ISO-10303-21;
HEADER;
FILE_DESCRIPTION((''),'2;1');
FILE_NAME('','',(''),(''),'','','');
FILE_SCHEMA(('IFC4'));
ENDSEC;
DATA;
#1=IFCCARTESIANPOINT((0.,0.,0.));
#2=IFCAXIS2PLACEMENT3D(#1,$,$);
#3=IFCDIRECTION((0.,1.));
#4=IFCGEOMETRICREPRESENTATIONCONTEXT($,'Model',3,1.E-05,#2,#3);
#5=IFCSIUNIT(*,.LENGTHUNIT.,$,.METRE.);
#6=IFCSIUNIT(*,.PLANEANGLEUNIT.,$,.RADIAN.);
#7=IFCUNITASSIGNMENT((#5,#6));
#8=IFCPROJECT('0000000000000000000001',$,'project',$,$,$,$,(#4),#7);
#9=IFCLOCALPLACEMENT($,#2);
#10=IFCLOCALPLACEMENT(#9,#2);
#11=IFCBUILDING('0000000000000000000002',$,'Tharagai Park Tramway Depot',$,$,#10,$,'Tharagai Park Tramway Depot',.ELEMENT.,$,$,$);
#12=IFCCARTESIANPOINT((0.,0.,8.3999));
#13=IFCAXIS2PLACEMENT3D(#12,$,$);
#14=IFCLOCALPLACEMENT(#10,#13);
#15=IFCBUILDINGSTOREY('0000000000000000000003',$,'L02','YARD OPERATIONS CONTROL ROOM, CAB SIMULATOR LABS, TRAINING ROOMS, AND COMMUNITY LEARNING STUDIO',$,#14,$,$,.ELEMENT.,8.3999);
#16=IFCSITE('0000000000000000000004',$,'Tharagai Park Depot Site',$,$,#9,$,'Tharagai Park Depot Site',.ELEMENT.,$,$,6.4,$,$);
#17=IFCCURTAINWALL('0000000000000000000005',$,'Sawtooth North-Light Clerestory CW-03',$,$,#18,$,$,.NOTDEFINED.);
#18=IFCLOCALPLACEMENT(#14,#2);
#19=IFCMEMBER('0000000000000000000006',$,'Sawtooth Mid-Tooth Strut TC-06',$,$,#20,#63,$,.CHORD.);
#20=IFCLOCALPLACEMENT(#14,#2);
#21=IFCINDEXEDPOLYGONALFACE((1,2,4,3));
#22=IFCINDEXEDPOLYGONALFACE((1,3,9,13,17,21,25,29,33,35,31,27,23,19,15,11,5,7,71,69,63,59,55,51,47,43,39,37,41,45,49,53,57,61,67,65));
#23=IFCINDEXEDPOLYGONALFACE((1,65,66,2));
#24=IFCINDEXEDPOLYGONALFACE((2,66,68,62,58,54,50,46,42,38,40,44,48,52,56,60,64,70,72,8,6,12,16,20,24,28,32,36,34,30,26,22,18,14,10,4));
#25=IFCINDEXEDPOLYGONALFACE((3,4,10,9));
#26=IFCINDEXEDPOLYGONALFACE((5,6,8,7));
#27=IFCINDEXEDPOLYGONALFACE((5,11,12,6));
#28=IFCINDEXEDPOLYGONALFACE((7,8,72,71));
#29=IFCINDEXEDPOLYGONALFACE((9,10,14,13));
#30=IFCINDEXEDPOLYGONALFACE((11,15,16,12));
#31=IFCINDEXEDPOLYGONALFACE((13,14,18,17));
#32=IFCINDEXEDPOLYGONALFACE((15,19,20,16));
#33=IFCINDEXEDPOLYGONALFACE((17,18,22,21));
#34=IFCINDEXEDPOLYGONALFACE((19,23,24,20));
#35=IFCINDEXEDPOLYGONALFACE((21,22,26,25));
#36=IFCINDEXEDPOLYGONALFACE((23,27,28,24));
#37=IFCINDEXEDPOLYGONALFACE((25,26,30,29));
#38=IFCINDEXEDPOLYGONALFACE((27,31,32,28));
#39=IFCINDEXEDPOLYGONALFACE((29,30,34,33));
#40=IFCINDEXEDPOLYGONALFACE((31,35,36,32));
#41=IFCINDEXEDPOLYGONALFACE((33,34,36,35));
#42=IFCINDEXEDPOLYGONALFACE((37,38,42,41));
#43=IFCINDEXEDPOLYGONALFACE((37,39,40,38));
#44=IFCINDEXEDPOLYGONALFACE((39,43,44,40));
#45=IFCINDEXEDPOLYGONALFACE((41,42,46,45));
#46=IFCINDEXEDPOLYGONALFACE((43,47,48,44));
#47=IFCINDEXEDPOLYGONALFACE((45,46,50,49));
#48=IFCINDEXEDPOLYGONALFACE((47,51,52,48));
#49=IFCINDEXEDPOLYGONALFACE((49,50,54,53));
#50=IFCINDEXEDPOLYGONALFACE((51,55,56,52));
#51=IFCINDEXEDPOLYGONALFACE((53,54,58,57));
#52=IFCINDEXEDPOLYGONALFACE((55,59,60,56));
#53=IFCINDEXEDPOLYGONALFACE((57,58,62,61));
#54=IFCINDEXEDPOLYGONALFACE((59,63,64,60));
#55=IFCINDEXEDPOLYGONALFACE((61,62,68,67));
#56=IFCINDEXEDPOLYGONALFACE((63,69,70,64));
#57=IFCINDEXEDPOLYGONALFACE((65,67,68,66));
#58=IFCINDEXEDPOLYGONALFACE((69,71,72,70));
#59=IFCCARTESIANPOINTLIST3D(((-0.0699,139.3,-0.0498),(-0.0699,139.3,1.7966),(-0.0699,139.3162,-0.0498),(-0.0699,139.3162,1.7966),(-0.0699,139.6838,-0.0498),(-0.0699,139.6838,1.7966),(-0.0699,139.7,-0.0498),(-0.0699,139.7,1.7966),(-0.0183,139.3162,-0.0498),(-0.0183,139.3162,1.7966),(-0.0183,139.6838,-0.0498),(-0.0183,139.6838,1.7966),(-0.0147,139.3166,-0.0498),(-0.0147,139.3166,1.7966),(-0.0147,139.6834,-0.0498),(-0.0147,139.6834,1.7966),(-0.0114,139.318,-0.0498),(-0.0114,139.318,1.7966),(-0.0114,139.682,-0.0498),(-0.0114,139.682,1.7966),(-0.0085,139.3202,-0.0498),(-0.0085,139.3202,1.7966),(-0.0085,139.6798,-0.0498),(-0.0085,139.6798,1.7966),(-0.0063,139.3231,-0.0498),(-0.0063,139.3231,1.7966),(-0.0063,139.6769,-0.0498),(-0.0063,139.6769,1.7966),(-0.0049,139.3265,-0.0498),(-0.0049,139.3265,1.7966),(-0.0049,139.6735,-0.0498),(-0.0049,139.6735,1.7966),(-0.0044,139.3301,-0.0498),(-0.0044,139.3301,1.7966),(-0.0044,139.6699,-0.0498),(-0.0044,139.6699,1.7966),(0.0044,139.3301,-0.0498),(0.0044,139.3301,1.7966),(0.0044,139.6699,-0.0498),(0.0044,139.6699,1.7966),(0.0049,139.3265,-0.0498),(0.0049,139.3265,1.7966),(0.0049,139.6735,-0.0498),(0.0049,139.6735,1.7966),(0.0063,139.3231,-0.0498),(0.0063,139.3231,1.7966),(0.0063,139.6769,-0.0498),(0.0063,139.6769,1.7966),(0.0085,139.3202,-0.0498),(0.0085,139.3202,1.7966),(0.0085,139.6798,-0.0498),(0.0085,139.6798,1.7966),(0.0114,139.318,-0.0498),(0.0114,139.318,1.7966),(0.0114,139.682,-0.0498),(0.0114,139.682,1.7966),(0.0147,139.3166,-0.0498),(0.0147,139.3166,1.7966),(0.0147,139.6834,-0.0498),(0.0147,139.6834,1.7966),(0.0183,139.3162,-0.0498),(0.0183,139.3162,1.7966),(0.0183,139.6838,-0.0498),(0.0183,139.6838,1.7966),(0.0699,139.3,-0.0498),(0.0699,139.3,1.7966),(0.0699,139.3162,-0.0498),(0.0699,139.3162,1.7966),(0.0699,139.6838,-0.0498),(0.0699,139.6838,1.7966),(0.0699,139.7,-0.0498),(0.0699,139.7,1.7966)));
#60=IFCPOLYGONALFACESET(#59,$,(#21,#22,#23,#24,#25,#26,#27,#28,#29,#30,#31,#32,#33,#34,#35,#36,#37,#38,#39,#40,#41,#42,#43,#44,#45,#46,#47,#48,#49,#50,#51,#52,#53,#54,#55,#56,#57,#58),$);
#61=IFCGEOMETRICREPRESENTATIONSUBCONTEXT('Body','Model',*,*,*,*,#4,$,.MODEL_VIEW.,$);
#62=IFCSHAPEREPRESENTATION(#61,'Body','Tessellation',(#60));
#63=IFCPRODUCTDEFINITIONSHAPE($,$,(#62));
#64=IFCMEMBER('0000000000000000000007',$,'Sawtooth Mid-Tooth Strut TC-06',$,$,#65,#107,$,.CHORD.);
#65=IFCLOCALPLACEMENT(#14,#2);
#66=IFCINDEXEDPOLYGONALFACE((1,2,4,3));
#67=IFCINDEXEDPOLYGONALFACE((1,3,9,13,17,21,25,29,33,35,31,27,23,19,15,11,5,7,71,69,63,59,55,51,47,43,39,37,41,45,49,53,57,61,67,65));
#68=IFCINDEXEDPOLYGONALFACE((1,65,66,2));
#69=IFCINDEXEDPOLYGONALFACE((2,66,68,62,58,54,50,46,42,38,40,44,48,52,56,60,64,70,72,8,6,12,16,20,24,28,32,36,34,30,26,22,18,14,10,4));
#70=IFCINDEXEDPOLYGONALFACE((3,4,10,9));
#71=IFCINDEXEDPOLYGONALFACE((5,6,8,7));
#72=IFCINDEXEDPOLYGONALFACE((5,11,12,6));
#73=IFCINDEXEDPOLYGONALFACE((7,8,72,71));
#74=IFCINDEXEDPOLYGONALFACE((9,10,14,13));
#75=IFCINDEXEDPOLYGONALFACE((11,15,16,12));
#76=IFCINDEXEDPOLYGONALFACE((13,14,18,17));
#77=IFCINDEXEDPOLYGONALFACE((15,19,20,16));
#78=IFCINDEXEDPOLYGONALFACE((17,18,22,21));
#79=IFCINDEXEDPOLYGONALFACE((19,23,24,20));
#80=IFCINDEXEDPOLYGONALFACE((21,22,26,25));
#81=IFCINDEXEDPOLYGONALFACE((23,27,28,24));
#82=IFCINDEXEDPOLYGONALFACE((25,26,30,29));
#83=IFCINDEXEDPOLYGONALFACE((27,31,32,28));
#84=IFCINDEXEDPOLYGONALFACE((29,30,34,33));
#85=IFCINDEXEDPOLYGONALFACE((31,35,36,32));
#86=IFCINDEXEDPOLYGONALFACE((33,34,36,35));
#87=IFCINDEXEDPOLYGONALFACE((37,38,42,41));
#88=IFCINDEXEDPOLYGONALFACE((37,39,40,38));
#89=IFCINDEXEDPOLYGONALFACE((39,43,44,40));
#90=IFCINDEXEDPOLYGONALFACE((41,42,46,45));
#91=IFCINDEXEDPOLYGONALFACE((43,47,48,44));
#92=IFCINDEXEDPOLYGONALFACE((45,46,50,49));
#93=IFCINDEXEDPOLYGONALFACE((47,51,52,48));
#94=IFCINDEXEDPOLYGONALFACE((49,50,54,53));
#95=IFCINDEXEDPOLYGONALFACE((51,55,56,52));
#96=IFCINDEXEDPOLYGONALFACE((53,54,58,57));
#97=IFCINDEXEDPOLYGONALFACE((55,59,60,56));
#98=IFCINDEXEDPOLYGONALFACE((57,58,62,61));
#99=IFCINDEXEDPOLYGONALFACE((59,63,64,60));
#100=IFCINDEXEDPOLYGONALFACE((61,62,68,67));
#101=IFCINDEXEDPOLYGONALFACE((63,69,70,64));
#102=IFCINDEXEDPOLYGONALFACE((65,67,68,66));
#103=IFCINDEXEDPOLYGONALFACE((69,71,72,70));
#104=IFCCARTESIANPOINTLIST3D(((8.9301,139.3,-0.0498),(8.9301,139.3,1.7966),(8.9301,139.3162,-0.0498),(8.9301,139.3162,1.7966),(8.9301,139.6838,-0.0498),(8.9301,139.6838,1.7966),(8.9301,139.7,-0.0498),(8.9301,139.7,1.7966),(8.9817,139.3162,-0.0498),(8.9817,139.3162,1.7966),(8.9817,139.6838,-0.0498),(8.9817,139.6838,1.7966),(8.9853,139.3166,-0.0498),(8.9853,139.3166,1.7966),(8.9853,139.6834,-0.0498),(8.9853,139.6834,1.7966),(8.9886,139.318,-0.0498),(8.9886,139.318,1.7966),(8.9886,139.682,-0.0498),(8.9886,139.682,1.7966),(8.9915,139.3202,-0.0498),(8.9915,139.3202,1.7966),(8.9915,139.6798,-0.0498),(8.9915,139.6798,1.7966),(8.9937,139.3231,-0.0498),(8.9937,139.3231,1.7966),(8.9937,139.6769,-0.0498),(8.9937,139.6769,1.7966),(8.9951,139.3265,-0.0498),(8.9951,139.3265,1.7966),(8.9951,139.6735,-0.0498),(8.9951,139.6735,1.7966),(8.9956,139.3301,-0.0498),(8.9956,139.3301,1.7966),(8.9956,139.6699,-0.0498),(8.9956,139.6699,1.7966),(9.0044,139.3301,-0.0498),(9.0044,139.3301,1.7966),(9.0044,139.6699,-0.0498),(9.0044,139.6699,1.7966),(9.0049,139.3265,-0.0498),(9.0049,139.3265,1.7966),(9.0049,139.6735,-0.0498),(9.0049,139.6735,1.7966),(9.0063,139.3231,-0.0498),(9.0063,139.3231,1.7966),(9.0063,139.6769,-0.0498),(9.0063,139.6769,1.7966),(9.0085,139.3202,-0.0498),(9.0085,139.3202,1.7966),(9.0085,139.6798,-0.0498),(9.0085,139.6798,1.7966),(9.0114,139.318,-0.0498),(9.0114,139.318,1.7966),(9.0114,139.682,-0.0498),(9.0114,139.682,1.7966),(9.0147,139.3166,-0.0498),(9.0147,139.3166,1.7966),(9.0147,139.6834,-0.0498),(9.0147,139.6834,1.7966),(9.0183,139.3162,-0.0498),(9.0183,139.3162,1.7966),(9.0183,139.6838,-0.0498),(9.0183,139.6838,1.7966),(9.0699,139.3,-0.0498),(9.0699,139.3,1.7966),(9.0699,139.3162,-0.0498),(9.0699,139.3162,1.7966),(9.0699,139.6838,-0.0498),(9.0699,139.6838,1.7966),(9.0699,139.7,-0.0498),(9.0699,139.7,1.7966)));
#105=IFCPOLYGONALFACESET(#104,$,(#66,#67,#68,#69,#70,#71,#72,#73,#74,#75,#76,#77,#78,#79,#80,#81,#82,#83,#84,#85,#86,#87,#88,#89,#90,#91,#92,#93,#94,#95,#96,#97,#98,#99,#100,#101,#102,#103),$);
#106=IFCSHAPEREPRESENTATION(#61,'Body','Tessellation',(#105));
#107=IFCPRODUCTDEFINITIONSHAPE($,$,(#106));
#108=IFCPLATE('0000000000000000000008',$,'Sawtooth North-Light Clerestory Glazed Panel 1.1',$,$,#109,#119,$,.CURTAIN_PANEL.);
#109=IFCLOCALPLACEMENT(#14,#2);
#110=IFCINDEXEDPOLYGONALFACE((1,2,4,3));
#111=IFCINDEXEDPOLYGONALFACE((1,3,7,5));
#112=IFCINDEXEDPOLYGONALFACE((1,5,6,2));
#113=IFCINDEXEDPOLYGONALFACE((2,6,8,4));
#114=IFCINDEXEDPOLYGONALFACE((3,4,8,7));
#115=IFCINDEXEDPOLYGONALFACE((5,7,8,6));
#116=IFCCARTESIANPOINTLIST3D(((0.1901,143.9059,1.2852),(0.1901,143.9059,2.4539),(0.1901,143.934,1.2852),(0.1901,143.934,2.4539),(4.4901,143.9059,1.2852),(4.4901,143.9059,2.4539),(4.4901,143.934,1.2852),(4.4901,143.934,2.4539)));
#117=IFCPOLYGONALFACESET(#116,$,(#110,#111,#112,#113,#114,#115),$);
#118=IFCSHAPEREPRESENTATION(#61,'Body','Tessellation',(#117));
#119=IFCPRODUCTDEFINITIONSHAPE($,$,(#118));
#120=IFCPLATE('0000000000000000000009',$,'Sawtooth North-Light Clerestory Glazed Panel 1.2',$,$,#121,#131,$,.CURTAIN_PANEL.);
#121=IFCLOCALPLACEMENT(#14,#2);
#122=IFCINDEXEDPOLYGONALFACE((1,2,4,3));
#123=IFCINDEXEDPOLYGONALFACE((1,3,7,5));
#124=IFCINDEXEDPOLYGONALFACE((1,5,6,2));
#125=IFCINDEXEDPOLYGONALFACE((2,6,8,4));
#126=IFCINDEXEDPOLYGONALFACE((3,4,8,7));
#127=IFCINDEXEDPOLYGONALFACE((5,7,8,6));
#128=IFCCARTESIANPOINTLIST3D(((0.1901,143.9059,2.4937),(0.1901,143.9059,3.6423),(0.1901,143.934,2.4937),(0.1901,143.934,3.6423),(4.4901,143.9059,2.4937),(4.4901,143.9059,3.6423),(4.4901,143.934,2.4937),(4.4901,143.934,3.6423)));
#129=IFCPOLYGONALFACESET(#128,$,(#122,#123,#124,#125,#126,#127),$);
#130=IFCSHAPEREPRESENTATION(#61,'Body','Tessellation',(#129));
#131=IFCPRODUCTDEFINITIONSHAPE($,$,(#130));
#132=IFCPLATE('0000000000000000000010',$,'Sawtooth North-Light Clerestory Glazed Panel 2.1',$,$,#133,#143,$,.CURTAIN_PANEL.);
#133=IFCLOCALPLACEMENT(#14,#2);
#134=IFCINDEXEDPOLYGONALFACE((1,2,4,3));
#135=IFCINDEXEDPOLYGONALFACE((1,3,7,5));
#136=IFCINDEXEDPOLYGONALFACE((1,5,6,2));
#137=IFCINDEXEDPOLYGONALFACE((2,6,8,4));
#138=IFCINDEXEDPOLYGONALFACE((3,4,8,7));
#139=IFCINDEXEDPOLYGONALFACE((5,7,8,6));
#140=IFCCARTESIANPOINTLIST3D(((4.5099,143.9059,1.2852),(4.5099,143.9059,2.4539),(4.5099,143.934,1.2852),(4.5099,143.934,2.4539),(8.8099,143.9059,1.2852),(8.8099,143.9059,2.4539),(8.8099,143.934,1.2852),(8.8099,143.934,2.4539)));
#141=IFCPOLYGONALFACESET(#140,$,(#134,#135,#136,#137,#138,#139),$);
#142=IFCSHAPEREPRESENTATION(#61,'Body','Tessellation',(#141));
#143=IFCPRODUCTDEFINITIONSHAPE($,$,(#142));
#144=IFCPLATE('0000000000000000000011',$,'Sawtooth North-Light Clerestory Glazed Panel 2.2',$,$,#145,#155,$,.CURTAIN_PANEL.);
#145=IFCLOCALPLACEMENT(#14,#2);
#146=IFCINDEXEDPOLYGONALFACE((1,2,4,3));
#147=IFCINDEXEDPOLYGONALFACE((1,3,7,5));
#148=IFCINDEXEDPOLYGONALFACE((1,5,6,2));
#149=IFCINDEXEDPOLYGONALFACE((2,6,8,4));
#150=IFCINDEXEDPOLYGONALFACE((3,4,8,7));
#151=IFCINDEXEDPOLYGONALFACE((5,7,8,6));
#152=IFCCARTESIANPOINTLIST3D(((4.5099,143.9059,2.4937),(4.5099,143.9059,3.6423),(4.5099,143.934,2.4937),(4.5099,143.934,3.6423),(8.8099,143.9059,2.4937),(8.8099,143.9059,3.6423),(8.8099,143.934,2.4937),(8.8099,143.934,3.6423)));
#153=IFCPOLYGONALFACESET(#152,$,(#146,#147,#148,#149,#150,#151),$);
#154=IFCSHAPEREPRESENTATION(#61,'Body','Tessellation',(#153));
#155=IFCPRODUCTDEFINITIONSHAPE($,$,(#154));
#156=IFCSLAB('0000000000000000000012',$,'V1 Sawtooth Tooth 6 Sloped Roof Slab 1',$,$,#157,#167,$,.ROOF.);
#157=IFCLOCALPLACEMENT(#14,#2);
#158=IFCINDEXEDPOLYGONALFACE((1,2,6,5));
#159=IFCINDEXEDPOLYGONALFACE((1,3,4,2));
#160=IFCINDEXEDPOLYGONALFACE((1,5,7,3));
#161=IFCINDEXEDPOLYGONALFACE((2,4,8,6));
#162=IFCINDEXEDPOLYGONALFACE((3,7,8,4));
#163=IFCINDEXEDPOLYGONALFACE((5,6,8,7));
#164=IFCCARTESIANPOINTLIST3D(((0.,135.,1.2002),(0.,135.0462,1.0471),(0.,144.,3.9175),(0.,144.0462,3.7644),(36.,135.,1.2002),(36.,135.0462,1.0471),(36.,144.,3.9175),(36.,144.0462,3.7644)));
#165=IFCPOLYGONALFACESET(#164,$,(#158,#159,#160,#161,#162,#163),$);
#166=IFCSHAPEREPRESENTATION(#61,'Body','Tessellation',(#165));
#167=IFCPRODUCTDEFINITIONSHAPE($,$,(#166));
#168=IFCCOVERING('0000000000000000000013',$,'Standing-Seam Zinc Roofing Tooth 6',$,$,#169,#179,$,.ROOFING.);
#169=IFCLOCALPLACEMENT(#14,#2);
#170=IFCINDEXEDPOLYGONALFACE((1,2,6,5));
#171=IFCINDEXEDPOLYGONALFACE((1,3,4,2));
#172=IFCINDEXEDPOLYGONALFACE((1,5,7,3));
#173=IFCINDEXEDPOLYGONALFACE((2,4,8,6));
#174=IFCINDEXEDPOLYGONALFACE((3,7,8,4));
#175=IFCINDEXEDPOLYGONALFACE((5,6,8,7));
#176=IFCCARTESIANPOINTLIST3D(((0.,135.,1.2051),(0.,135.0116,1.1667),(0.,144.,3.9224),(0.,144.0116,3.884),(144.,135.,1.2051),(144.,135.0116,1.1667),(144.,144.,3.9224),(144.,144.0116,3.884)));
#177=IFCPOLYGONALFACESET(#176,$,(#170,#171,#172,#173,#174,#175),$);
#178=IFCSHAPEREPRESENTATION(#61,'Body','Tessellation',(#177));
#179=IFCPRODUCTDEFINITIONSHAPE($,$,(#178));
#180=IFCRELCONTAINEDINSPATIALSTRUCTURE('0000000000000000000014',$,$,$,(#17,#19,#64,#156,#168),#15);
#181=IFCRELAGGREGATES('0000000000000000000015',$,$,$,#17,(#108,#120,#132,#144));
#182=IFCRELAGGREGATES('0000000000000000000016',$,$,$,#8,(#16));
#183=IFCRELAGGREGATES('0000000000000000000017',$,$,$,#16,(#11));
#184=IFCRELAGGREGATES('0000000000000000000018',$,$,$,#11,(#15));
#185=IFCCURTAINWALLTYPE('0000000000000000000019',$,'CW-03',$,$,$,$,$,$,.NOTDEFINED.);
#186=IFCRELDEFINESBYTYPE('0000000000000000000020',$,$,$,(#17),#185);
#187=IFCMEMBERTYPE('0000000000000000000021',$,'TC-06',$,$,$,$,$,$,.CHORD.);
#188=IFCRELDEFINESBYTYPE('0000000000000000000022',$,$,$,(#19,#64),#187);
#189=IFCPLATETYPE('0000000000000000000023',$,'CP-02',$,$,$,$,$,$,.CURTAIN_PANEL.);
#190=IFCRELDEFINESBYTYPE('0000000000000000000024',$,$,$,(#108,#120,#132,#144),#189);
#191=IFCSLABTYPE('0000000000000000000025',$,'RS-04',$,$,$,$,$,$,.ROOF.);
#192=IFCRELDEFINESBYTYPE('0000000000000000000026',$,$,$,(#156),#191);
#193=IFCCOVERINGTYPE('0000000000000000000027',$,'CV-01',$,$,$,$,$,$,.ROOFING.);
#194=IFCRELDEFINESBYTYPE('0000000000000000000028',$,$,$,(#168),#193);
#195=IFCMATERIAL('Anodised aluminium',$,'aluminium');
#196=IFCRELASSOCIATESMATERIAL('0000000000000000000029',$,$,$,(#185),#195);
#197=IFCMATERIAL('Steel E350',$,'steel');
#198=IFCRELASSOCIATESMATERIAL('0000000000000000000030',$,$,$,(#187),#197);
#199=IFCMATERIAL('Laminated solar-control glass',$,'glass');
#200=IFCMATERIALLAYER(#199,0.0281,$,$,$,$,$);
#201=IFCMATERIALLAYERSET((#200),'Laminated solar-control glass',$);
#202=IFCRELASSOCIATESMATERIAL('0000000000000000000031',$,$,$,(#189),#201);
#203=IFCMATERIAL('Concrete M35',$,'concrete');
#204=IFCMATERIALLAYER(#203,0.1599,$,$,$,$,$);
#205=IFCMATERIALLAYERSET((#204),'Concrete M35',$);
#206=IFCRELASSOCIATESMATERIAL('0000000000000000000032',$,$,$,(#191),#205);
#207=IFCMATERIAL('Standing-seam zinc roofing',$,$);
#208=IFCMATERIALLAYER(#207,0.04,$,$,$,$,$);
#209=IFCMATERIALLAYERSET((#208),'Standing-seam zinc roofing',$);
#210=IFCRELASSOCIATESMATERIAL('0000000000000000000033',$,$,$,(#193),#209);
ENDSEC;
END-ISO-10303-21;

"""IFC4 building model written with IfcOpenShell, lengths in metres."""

from ifc_helpers import new_model, si_unit, direction, frame, origin, origin_2d, place, context, subcontext, project, spatial, polyline, rectangle, i_section, outline, extrude, material, layer, layer_set, material_profile, profile_set, type_object, element, aggregate, save


model = new_model("IFC4")

# Units and contexts
model_context = context("Model", 3, precision=1e-05, world=origin(), true_north=direction((0.0, 1.0)))
body_context = subcontext(model_context, "Body", "Model", "MODEL_VIEW")
ifc_project = project(units=[si_unit("LENGTHUNIT", "METRE"), si_unit("PLANEANGLEUNIT", "RADIAN")], contexts=[model_context])

# Site, building, storey
site_placement = place(None, origin())
site = spatial("IfcSite", under=ifc_project, at=site_placement, Name="Tharagai Park Depot Site", LongName="Tharagai Park Depot Site", CompositionType="ELEMENT", RefElevation=6.4)
building_placement = place(site_placement, origin())
building = spatial("IfcBuilding", under=site, at=building_placement, Name="Tharagai Park Tramway Depot", LongName="Tharagai Park Tramway Depot", CompositionType="ELEMENT")
storey_placement = place(building_placement, frame((0.0, 0.0, 8.3999)))
storey = spatial("IfcBuildingStorey", under=building, at=storey_placement, Name="L02", Description="YARD OPERATIONS CONTROL ROOM, CAB SIMULATOR LABS, TRAINING ROOMS, AND COMMUNITY LEARNING STUDIO", CompositionType="ELEMENT", Elevation=8.3999)

# Shared definitions
ifc_material_1 = material(Name="Steel E350", Category="steel")

# Curtain wall
ifc_material_2 = material(Name="Anodised aluminium", Category="aluminium")
curtain_wall_type = type_object("IfcCurtainWallType", Name="CW-03", PredefinedType="NOTDEFINED", material=ifc_material_2)
curtain_wall_placement = place(storey_placement, origin())
curtain_wall = element("IfcCurtainWall", 1, at=curtain_wall_placement, inside=storey, type_object=curtain_wall_type, Name="Sawtooth North-Light Clerestory CW-03", PredefinedType="NOTDEFINED")

# Members
ifc_material_profile_1 = material_profile(ifc_material_1, i_section(OverallWidth=0.1399, OverallDepth=0.3999, WebThickness=0.0088, FlangeThickness=0.0161, FilletRadius=0.0139, at=origin_2d()), Name="ISMB 400")
ifc_profile_set_1 = profile_set([ifc_material_profile_1], Name="Steel E350")
member_type_1 = type_object("IfcMemberType", Name="TC-06", PredefinedType="CHORD", material=ifc_profile_set_1)
for number, where, z_axis, x_axis, name in (
    (2, (0.0, 139.5, -0.0498), (0.0, 0.0, 1.0), (1.0, 0.0, 0.0), "Sawtooth Mid-Tooth Strut TC-06"),
    (3, (9.0, 139.5, -0.0498), (0.0, 0.0, 1.0), (1.0, 0.0, 0.0), "Sawtooth Mid-Tooth Strut TC-06"),
):
    element("IfcMember", number, at=place(storey_placement, frame(where, z_axis=z_axis, x_axis=x_axis)), inside=storey, type_object=member_type_1, Name=name, PredefinedType="CHORD", context=body_context, shape_type="SweptSolid", body=[
        extrude(i_section(OverallWidth=0.1399, OverallDepth=0.3999, WebThickness=0.0088, FlangeThickness=0.0161, FilletRadius=0.0139, at=origin_2d()), origin(), (0.0, 0.0, 1.0), 1.8464),
    ])

# Plates
ifc_material_3 = material(Name="Laminated solar-control glass", Category="glass")
ifc_layer_1 = layer(ifc_material_3, 0.0281)
ifc_layer_set_1 = layer_set([ifc_layer_1], Name="Laminated solar-control glass")
plate_type = type_object("IfcPlateType", Name="CP-02", PredefinedType="CURTAIN_PANEL", material=ifc_layer_set_1)
plate_1_placement = place(storey_placement, frame((2.3401, 143.9199, 1.2852), z_axis=(0.0, 0.0, 1.0), x_axis=(1.0, 0.0, 0.0)))
plate_1 = element("IfcPlate", 4, at=plate_1_placement, type_object=plate_type, Name="Sawtooth North-Light Clerestory Glazed Panel 1.1", PredefinedType="CURTAIN_PANEL", context=body_context, shape_type="SweptSolid", body=[
    extrude(rectangle(XDim=4.3, YDim=0.0281, at=origin_2d()), origin(), (0.0, 0.0, 1.0), 1.1687),
])
plate_2_placement = place(storey_placement, frame((2.3401, 143.9199, 2.4937), z_axis=(0.0, 0.0, 1.0), x_axis=(1.0, 0.0, 0.0)))
plate_2 = element("IfcPlate", 5, at=plate_2_placement, type_object=plate_type, Name="Sawtooth North-Light Clerestory Glazed Panel 1.2", PredefinedType="CURTAIN_PANEL", context=body_context, shape_type="SweptSolid", body=[
    extrude(rectangle(XDim=4.3, YDim=0.0281, at=origin_2d()), origin(), (0.0, 0.0, 1.0), 1.1487),
])
plate_3_placement = place(storey_placement, frame((6.6599, 143.9199, 1.2852), z_axis=(0.0, 0.0, 1.0), x_axis=(1.0, 0.0, 0.0)))
plate_3 = element("IfcPlate", 6, at=plate_3_placement, type_object=plate_type, Name="Sawtooth North-Light Clerestory Glazed Panel 2.1", PredefinedType="CURTAIN_PANEL", context=body_context, shape_type="SweptSolid", body=[
    extrude(rectangle(XDim=4.3, YDim=0.0281, at=origin_2d()), origin(), (0.0, 0.0, 1.0), 1.1687),
])
plate_4_placement = place(storey_placement, frame((6.6599, 143.9199, 2.4937), z_axis=(0.0, 0.0, 1.0), x_axis=(1.0, 0.0, 0.0)))
plate_4 = element("IfcPlate", 7, at=plate_4_placement, type_object=plate_type, Name="Sawtooth North-Light Clerestory Glazed Panel 2.2", PredefinedType="CURTAIN_PANEL", context=body_context, shape_type="SweptSolid", body=[
    extrude(rectangle(XDim=4.3, YDim=0.0281, at=origin_2d()), origin(), (0.0, 0.0, 1.0), 1.1487),
])
aggregate(curtain_wall, [plate_1, plate_2, plate_3, plate_4])

# Slab
ifc_material_4 = material(Name="Concrete M35", Category="concrete")
ifc_layer_2 = layer(ifc_material_4, 0.1599)
ifc_layer_set_2 = layer_set([ifc_layer_2], Name="Concrete M35")
slab_type = type_object("IfcSlabType", Name="RS-04", PredefinedType="ROOF", material=ifc_layer_set_2)
slab_placement = place(storey_placement, frame((0.0, 135.0, 1.2002), z_axis=(0.0, -0.289034, 0.957319), x_axis=(1.0, 0.0, 0.0)))
element("IfcSlab", 8, at=slab_placement, inside=storey, type_object=slab_type, Name="V1 Sawtooth Tooth 6 Sloped Roof Slab 1", PredefinedType="ROOF", context=body_context, shape_type="SweptSolid", body=[
    extrude(outline(polyline([(0.0, 0.0), (36.0, 0.0), (36.0, 9.4013), (0.0, 9.4013), (0.0, 0.0)])), origin(), (0.0, 0.0, -1.0), 0.1599),
])

# Covering
ifc_material_5 = material(Name="Standing-seam zinc roofing")
ifc_layer_3 = layer(ifc_material_5, 0.04)
ifc_layer_set_3 = layer_set([ifc_layer_3], Name="Standing-seam zinc roofing")
covering_type = type_object("IfcCoveringType", Name="CV-01", PredefinedType="ROOFING", material=ifc_layer_set_3)
covering_placement = place(storey_placement, frame((0.0, 135.0, 1.2051), z_axis=(0.0, -0.289034, 0.957319), x_axis=(1.0, 0.0, 0.0)))
element("IfcCovering", 9, at=covering_placement, inside=storey, type_object=covering_type, Name="Standing-Seam Zinc Roofing Tooth 6", PredefinedType="ROOFING", context=body_context, shape_type="SweptSolid", body=[
    extrude(outline(polyline([(0.0, 0.0), (144.0, 0.0), (144.0, 9.4013), (0.0, 9.4013), (0.0, 0.0)])), origin(), (0.0, 0.0, -1.0), 0.04),
])

save(model, "model.ifc")
